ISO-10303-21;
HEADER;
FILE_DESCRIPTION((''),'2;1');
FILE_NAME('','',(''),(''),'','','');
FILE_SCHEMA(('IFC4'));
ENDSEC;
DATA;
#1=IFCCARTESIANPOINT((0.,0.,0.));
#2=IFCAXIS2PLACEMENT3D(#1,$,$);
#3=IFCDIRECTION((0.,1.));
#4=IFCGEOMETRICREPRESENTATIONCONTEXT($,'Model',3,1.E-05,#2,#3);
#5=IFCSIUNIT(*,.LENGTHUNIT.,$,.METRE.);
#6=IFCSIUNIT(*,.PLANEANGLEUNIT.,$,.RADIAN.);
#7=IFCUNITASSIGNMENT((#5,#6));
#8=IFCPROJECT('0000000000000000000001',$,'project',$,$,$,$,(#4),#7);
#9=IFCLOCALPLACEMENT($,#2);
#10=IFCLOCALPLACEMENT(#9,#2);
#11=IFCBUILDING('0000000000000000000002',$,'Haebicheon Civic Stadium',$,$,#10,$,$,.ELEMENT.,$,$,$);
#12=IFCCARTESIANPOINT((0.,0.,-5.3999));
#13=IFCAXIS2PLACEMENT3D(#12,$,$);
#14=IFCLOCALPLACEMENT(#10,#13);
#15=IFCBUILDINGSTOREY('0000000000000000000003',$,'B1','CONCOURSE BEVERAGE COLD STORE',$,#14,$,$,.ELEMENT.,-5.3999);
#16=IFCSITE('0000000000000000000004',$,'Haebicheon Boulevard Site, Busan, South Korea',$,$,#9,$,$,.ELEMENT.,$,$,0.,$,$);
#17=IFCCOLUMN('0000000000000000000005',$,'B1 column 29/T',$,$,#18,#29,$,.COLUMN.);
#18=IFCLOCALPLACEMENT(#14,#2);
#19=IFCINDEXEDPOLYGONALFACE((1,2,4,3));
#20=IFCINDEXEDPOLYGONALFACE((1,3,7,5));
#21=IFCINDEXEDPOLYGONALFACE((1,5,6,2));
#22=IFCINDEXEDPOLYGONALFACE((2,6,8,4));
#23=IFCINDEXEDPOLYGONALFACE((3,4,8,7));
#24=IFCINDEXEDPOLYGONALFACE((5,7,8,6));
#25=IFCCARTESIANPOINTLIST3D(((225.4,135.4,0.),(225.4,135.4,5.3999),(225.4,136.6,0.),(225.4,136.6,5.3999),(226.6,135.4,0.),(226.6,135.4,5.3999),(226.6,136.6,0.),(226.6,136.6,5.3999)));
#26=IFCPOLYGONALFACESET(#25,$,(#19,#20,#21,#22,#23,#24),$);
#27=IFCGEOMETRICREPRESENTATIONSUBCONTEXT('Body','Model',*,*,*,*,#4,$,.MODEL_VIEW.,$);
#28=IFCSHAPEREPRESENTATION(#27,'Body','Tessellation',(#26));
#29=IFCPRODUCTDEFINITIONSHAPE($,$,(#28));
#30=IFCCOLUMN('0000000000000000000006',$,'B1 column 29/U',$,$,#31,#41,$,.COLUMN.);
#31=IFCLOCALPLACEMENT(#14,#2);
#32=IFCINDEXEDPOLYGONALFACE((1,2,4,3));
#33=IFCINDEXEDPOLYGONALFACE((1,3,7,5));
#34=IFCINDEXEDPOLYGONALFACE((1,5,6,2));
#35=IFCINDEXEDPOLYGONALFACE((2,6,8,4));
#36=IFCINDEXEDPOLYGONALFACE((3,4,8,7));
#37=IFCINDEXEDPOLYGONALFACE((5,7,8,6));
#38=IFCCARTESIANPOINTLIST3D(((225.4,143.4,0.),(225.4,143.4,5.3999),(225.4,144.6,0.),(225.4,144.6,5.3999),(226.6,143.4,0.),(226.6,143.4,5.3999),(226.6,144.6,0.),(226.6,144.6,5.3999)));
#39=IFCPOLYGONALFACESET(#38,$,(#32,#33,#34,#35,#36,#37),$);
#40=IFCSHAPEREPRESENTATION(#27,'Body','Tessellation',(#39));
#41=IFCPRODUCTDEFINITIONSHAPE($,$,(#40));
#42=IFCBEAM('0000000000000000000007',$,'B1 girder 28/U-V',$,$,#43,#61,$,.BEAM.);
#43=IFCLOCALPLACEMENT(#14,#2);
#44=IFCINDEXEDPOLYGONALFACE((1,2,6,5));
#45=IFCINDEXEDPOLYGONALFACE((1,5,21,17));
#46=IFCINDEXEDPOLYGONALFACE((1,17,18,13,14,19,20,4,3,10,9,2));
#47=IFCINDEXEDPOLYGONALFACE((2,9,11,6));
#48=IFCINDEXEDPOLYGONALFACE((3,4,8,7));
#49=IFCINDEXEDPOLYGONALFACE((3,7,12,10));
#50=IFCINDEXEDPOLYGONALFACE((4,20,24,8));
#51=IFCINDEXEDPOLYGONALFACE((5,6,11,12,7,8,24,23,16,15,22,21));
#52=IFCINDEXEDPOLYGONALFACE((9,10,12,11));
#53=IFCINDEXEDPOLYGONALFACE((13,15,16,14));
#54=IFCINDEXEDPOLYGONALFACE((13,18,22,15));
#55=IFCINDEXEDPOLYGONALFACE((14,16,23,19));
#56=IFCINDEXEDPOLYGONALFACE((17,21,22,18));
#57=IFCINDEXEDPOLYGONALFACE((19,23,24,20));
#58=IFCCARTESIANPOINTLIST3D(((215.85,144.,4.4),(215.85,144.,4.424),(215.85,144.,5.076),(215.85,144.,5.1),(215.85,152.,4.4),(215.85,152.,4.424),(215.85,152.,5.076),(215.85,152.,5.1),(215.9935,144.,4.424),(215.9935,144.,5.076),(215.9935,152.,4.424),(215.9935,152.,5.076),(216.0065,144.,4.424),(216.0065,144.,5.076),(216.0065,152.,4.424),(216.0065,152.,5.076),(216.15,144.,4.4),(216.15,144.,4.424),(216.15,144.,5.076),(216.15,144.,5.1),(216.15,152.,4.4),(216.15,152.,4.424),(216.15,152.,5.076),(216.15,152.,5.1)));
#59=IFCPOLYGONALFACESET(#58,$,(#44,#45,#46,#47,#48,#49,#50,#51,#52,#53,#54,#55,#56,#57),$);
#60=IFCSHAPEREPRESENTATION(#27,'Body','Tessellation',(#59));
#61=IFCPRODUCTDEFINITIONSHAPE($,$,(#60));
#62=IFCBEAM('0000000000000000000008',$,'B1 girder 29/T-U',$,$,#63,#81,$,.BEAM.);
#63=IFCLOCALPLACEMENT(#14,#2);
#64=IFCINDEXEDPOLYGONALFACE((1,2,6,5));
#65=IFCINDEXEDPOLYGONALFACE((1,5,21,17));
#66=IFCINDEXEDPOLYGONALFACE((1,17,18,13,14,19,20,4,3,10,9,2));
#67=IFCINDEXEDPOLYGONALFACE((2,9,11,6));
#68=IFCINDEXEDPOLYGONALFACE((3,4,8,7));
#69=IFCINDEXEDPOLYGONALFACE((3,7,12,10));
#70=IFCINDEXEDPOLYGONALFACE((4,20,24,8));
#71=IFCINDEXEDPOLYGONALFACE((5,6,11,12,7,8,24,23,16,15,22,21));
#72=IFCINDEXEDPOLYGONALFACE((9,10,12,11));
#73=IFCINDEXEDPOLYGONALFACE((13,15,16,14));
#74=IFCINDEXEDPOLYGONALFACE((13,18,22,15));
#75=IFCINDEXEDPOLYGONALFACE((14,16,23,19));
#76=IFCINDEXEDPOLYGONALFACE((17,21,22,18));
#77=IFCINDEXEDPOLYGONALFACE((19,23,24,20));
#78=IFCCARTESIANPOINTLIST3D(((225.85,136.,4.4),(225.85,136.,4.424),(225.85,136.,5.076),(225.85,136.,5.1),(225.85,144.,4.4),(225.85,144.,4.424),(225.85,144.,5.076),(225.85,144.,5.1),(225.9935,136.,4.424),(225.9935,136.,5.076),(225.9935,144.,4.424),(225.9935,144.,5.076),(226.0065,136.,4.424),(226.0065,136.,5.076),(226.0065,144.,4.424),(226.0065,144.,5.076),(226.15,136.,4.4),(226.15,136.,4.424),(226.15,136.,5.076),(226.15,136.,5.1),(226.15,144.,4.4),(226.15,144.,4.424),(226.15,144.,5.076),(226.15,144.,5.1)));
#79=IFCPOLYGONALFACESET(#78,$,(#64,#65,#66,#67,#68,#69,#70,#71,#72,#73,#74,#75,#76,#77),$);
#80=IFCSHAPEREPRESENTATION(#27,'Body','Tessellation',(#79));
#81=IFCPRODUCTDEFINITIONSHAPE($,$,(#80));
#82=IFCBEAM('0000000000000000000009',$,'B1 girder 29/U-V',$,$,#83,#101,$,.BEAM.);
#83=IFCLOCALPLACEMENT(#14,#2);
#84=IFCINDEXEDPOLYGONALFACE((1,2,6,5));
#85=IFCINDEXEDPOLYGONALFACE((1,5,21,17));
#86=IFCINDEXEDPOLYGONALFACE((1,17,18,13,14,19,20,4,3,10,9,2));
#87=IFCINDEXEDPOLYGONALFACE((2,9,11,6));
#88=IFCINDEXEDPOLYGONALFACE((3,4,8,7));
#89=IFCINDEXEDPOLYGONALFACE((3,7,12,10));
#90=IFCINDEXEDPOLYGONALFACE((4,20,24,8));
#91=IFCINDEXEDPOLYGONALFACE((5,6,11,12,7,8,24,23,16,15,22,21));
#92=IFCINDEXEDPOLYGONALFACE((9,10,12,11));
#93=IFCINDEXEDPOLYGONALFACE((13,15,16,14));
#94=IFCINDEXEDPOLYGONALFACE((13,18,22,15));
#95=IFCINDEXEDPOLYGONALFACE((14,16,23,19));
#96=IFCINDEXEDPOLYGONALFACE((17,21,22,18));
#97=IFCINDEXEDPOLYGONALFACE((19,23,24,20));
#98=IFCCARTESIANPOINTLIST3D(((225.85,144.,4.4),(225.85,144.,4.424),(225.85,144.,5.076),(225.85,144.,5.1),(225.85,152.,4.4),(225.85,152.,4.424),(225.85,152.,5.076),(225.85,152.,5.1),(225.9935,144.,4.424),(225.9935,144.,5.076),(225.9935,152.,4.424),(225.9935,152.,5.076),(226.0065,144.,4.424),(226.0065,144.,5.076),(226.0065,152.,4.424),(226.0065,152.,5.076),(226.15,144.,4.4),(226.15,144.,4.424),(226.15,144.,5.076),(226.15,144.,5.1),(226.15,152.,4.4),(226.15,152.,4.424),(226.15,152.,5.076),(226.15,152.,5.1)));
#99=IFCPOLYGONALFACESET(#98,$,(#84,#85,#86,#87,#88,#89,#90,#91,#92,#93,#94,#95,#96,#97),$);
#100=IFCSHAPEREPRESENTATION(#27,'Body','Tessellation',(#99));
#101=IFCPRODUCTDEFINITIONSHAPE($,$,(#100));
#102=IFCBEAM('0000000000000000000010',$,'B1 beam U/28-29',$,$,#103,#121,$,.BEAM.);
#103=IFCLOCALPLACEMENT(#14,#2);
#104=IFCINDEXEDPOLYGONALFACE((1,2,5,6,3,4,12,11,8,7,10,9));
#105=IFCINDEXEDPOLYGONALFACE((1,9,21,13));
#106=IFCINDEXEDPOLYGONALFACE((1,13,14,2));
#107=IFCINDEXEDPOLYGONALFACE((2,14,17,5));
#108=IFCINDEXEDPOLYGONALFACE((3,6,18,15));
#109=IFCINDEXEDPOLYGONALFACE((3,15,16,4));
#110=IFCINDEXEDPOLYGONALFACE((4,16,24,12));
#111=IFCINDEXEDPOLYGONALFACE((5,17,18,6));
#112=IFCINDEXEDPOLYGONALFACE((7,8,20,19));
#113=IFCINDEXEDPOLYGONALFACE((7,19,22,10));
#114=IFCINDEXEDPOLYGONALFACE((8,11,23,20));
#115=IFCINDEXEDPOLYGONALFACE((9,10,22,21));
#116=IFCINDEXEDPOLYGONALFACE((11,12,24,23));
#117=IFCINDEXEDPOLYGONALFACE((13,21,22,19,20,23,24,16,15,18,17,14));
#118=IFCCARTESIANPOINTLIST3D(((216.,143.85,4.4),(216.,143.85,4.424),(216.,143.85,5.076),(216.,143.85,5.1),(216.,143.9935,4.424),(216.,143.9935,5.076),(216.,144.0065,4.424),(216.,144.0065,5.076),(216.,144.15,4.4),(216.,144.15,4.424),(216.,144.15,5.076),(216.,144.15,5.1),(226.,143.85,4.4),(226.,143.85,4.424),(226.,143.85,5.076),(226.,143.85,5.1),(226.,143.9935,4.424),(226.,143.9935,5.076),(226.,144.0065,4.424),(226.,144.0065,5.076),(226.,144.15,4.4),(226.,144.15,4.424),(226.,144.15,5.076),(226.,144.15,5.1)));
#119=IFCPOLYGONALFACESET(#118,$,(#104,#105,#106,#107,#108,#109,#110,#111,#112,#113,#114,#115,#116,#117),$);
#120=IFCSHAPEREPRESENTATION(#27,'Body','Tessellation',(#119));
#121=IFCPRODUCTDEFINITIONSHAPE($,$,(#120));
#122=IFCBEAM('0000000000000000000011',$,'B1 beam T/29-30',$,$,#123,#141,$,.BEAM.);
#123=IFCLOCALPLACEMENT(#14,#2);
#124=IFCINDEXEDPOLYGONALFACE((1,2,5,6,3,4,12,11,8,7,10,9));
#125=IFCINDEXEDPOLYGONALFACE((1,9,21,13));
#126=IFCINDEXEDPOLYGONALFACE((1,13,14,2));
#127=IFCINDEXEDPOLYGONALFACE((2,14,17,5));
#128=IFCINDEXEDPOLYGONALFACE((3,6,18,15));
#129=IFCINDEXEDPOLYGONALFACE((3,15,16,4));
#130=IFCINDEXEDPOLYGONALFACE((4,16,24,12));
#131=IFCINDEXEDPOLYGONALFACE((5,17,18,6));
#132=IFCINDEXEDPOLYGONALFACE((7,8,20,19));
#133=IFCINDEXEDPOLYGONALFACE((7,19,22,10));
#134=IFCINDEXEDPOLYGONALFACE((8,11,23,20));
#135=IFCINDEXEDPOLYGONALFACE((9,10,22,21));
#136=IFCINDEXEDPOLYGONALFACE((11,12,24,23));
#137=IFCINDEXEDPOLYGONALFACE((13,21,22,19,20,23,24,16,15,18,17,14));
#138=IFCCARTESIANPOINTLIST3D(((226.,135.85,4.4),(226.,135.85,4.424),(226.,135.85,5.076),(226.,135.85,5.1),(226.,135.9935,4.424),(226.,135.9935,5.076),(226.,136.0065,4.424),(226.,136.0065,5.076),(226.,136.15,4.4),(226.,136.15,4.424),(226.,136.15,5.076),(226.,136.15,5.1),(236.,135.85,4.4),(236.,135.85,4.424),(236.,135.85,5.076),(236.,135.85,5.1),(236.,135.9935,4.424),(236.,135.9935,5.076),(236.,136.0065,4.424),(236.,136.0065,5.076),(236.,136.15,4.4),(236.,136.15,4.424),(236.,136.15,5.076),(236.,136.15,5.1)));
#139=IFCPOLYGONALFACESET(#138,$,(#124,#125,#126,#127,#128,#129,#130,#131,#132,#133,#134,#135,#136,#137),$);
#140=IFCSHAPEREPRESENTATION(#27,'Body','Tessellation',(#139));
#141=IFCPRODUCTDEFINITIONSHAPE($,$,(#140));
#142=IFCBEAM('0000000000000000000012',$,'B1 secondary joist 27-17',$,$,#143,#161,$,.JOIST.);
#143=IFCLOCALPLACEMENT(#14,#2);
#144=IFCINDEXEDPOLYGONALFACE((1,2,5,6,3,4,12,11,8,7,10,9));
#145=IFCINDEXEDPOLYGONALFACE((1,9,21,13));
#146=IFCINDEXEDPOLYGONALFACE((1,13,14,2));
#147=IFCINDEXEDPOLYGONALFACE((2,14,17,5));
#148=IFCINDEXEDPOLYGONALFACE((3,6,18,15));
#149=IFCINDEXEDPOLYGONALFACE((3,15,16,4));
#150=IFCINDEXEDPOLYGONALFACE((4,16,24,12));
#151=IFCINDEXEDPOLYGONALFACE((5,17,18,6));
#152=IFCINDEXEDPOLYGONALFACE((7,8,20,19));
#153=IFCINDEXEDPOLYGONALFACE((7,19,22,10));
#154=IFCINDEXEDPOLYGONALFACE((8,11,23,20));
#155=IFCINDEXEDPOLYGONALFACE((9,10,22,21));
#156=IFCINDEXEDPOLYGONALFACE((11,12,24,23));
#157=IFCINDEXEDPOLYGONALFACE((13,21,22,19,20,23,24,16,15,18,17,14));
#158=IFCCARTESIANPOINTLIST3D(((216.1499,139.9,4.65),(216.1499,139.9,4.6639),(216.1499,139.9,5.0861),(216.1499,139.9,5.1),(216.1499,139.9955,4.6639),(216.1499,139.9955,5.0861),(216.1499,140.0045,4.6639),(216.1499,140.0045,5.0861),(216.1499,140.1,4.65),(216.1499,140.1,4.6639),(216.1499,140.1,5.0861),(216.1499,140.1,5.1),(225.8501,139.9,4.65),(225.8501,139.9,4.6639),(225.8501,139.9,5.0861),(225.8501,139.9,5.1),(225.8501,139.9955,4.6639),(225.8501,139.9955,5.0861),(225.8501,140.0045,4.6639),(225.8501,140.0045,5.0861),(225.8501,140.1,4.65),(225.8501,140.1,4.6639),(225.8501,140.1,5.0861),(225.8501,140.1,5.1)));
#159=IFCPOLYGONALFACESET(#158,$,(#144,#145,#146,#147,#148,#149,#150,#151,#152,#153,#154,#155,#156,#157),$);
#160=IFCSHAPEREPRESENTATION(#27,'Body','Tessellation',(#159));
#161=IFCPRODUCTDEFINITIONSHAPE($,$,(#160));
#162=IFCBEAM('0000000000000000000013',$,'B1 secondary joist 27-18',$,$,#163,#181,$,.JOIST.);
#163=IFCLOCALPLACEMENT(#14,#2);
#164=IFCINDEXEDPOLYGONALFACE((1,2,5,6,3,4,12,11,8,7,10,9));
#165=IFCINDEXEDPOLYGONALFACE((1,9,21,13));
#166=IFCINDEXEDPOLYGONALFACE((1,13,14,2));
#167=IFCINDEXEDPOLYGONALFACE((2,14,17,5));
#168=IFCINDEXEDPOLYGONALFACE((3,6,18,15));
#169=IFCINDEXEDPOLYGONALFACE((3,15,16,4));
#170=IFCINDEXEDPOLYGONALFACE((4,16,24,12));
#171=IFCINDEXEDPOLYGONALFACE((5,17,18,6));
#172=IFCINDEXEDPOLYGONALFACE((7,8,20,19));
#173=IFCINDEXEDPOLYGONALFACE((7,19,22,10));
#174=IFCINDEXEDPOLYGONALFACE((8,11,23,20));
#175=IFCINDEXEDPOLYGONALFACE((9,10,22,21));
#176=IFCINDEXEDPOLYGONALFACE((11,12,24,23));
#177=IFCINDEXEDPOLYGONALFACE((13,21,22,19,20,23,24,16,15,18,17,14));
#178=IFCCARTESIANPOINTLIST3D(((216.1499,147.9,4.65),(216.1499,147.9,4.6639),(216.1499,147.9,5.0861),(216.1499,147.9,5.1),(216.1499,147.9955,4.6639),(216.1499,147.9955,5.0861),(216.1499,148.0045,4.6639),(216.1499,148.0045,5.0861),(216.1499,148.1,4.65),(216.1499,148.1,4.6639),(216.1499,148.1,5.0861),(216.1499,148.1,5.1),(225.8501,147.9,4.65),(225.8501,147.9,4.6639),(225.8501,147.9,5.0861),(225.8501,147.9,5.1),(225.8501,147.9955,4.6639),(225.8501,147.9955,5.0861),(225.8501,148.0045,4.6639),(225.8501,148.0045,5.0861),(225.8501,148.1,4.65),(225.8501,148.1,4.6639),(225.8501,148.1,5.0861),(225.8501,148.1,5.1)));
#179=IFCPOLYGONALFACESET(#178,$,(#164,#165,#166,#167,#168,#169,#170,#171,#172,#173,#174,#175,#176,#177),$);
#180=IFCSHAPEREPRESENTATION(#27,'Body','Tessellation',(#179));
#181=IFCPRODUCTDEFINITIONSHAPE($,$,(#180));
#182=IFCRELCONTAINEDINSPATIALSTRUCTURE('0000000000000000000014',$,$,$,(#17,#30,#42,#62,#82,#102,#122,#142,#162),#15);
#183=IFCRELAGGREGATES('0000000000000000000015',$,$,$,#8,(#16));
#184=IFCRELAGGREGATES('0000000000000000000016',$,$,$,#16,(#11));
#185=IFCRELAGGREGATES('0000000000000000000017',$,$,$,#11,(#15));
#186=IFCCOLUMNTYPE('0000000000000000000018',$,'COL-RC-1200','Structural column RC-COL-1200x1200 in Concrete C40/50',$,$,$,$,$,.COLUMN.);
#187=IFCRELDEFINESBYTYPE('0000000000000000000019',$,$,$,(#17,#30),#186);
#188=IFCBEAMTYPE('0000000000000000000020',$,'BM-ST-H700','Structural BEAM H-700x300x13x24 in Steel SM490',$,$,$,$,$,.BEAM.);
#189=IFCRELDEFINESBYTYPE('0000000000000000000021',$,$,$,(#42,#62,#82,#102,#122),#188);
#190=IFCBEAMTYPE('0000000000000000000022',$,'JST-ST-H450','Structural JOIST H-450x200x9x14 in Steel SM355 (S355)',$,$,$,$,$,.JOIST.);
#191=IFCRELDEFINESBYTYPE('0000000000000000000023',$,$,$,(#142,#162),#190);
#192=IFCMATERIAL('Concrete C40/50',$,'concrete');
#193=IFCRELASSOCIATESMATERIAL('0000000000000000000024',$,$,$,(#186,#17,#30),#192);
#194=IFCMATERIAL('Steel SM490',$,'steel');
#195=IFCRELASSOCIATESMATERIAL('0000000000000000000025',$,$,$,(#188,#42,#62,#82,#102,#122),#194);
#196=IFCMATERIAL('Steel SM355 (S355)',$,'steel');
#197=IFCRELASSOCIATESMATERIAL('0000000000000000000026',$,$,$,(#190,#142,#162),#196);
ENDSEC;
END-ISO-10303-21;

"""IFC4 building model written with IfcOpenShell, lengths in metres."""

from ifc_helpers import new_model, si_unit, direction, frame, origin, origin_2d, place, context, subcontext, project, spatial, rectangle, i_section, extrude, material, material_profile, profile_set, type_object, element, save


model = new_model("IFC4")

# Units and contexts
model_context = context("Model", 3, precision=1e-05, world=origin(), true_north=direction((0.0, 1.0)))
body_context = subcontext(model_context, "Body", "Model", "MODEL_VIEW")
ifc_project = project(units=[si_unit("LENGTHUNIT", "METRE"), si_unit("PLANEANGLEUNIT", "RADIAN")], contexts=[model_context])

# Site, building, storey
site_placement = place(None, origin())
site = spatial("IfcSite", under=ifc_project, at=site_placement, Name="Haebicheon Boulevard Site, Busan, South Korea", CompositionType="ELEMENT", RefElevation=0.0)
building_placement = place(site_placement, origin())
building = spatial("IfcBuilding", under=site, at=building_placement, Name="Haebicheon Civic Stadium", CompositionType="ELEMENT")
storey_placement = place(building_placement, frame((0.0, 0.0, -5.3999)))
storey = spatial("IfcBuildingStorey", under=building, at=storey_placement, Name="B1", Description="CONCOURSE BEVERAGE COLD STORE", CompositionType="ELEMENT", Elevation=-5.3999)

# Columns
ifc_material_1 = material(Name="Concrete C40/50", Category="concrete")
ifc_material_profile_1 = material_profile(ifc_material_1, rectangle(XDim=1.2, YDim=1.2, at=origin_2d()), Name="RC-COL-1200x1200")
ifc_profile_set_1 = profile_set([ifc_material_profile_1], Name="Concrete C40/50")
column_type = type_object("IfcColumnType", Name="COL-RC-1200", Description="Structural column RC-COL-1200x1200 in Concrete C40/50", PredefinedType="COLUMN", material=ifc_profile_set_1)
for number, where, z_axis, x_axis, name in (
    (1, (226.0, 136.0, 0.0), (0.0, 0.0, 1.0), (1.0, 0.0, 0.0), "B1 column 29/T"),
    (2, (226.0, 144.0, 0.0), (0.0, 0.0, 1.0), (1.0, 0.0, 0.0), "B1 column 29/U"),
):
    element("IfcColumn", number, at=place(storey_placement, frame(where, z_axis=z_axis, x_axis=x_axis)), inside=storey, type_object=column_type, material=ifc_profile_set_1, Name=name, PredefinedType="COLUMN", context=body_context, shape_type="SweptSolid", body=[
        extrude(rectangle(XDim=1.2, YDim=1.2, at=origin_2d()), origin(), (0.0, 0.0, 1.0), 5.3999),
    ])

# Beams
ifc_material_2 = material(Name="Steel SM490", Category="steel")
ifc_material_profile_2 = material_profile(ifc_material_2, i_section(OverallWidth=0.3, OverallDepth=0.7, WebThickness=0.0129, FlangeThickness=0.0239, at=origin_2d()), Name="H-700x300x13x24")
ifc_profile_set_2 = profile_set([ifc_material_profile_2], Name="Steel SM490")
beam_type_1 = type_object("IfcBeamType", Name="BM-ST-H700", Description="Structural BEAM H-700x300x13x24 in Steel SM490", PredefinedType="BEAM", material=ifc_profile_set_2)
for number, where, z_axis, x_axis, name in (
    (3, (216.0, 144.0, 4.75), (0.0, 1.0, 0.0), (-1.0, 0.0, 0.0), "B1 girder 28/U-V"),
    (4, (226.0, 136.0, 4.75), (0.0, 1.0, 0.0), (-1.0, 0.0, 0.0), "B1 girder 29/T-U"),
    (5, (226.0, 144.0, 4.75), (0.0, 1.0, 0.0), (-1.0, 0.0, 0.0), "B1 girder 29/U-V"),
):
    element("IfcBeam", number, at=place(storey_placement, frame(where, z_axis=z_axis, x_axis=x_axis)), inside=storey, type_object=beam_type_1, material=ifc_profile_set_2, Name=name, PredefinedType="BEAM", context=body_context, shape_type="SweptSolid", body=[
        extrude(i_section(OverallWidth=0.3, OverallDepth=0.7, WebThickness=0.0129, FlangeThickness=0.0239, at=origin_2d()), origin(), (0.0, 0.0, 1.0), 8.0),
    ])
for number, where, z_axis, x_axis, name in (
    (6, (216.0, 144.0, 4.75), (1.0, 0.0, 0.0), (0.0, 1.0, 0.0), "B1 beam U/28-29"),
    (7, (226.0, 136.0, 4.75), (1.0, 0.0, 0.0), (0.0, 1.0, 0.0), "B1 beam T/29-30"),
):
    element("IfcBeam", number, at=place(storey_placement, frame(where, z_axis=z_axis, x_axis=x_axis)), inside=storey, type_object=beam_type_1, material=ifc_profile_set_2, Name=name, PredefinedType="BEAM", context=body_context, shape_type="SweptSolid", body=[
        extrude(i_section(OverallWidth=0.3, OverallDepth=0.7, WebThickness=0.0129, FlangeThickness=0.0239, at=origin_2d()), origin(), (0.0, 0.0, 1.0), 10.0),
    ])
ifc_material_3 = material(Name="Steel SM355 (S355)", Category="steel")
ifc_material_profile_3 = material_profile(ifc_material_3, i_section(OverallWidth=0.2, OverallDepth=0.45, WebThickness=0.009, FlangeThickness=0.0139, at=origin_2d()), Name="H-450x200x9x14")
ifc_profile_set_3 = profile_set([ifc_material_profile_3], Name="Steel SM355 (S355)")
beam_type_2 = type_object("IfcBeamType", Name="JST-ST-H450", Description="Structural JOIST H-450x200x9x14 in Steel SM355 (S355)", PredefinedType="JOIST", material=ifc_profile_set_3)
for number, where, z_axis, x_axis, name in (
    (8, (216.1499, 140.0, 4.875), (1.0, 0.0, 0.0), (0.0, 1.0, 0.0), "B1 secondary joist 27-17"),
    (9, (216.1499, 148.0, 4.875), (1.0, 0.0, 0.0), (0.0, 1.0, 0.0), "B1 secondary joist 27-18"),
):
    element("IfcBeam", number, at=place(storey_placement, frame(where, z_axis=z_axis, x_axis=x_axis)), inside=storey, type_object=beam_type_2, material=ifc_profile_set_3, Name=name, PredefinedType="JOIST", context=body_context, shape_type="SweptSolid", body=[
        extrude(i_section(OverallWidth=0.2, OverallDepth=0.45, WebThickness=0.009, FlangeThickness=0.0139, at=origin_2d()), origin(), (0.0, 0.0, 1.0), 9.7002),
    ])

save(model, "model.ifc")
